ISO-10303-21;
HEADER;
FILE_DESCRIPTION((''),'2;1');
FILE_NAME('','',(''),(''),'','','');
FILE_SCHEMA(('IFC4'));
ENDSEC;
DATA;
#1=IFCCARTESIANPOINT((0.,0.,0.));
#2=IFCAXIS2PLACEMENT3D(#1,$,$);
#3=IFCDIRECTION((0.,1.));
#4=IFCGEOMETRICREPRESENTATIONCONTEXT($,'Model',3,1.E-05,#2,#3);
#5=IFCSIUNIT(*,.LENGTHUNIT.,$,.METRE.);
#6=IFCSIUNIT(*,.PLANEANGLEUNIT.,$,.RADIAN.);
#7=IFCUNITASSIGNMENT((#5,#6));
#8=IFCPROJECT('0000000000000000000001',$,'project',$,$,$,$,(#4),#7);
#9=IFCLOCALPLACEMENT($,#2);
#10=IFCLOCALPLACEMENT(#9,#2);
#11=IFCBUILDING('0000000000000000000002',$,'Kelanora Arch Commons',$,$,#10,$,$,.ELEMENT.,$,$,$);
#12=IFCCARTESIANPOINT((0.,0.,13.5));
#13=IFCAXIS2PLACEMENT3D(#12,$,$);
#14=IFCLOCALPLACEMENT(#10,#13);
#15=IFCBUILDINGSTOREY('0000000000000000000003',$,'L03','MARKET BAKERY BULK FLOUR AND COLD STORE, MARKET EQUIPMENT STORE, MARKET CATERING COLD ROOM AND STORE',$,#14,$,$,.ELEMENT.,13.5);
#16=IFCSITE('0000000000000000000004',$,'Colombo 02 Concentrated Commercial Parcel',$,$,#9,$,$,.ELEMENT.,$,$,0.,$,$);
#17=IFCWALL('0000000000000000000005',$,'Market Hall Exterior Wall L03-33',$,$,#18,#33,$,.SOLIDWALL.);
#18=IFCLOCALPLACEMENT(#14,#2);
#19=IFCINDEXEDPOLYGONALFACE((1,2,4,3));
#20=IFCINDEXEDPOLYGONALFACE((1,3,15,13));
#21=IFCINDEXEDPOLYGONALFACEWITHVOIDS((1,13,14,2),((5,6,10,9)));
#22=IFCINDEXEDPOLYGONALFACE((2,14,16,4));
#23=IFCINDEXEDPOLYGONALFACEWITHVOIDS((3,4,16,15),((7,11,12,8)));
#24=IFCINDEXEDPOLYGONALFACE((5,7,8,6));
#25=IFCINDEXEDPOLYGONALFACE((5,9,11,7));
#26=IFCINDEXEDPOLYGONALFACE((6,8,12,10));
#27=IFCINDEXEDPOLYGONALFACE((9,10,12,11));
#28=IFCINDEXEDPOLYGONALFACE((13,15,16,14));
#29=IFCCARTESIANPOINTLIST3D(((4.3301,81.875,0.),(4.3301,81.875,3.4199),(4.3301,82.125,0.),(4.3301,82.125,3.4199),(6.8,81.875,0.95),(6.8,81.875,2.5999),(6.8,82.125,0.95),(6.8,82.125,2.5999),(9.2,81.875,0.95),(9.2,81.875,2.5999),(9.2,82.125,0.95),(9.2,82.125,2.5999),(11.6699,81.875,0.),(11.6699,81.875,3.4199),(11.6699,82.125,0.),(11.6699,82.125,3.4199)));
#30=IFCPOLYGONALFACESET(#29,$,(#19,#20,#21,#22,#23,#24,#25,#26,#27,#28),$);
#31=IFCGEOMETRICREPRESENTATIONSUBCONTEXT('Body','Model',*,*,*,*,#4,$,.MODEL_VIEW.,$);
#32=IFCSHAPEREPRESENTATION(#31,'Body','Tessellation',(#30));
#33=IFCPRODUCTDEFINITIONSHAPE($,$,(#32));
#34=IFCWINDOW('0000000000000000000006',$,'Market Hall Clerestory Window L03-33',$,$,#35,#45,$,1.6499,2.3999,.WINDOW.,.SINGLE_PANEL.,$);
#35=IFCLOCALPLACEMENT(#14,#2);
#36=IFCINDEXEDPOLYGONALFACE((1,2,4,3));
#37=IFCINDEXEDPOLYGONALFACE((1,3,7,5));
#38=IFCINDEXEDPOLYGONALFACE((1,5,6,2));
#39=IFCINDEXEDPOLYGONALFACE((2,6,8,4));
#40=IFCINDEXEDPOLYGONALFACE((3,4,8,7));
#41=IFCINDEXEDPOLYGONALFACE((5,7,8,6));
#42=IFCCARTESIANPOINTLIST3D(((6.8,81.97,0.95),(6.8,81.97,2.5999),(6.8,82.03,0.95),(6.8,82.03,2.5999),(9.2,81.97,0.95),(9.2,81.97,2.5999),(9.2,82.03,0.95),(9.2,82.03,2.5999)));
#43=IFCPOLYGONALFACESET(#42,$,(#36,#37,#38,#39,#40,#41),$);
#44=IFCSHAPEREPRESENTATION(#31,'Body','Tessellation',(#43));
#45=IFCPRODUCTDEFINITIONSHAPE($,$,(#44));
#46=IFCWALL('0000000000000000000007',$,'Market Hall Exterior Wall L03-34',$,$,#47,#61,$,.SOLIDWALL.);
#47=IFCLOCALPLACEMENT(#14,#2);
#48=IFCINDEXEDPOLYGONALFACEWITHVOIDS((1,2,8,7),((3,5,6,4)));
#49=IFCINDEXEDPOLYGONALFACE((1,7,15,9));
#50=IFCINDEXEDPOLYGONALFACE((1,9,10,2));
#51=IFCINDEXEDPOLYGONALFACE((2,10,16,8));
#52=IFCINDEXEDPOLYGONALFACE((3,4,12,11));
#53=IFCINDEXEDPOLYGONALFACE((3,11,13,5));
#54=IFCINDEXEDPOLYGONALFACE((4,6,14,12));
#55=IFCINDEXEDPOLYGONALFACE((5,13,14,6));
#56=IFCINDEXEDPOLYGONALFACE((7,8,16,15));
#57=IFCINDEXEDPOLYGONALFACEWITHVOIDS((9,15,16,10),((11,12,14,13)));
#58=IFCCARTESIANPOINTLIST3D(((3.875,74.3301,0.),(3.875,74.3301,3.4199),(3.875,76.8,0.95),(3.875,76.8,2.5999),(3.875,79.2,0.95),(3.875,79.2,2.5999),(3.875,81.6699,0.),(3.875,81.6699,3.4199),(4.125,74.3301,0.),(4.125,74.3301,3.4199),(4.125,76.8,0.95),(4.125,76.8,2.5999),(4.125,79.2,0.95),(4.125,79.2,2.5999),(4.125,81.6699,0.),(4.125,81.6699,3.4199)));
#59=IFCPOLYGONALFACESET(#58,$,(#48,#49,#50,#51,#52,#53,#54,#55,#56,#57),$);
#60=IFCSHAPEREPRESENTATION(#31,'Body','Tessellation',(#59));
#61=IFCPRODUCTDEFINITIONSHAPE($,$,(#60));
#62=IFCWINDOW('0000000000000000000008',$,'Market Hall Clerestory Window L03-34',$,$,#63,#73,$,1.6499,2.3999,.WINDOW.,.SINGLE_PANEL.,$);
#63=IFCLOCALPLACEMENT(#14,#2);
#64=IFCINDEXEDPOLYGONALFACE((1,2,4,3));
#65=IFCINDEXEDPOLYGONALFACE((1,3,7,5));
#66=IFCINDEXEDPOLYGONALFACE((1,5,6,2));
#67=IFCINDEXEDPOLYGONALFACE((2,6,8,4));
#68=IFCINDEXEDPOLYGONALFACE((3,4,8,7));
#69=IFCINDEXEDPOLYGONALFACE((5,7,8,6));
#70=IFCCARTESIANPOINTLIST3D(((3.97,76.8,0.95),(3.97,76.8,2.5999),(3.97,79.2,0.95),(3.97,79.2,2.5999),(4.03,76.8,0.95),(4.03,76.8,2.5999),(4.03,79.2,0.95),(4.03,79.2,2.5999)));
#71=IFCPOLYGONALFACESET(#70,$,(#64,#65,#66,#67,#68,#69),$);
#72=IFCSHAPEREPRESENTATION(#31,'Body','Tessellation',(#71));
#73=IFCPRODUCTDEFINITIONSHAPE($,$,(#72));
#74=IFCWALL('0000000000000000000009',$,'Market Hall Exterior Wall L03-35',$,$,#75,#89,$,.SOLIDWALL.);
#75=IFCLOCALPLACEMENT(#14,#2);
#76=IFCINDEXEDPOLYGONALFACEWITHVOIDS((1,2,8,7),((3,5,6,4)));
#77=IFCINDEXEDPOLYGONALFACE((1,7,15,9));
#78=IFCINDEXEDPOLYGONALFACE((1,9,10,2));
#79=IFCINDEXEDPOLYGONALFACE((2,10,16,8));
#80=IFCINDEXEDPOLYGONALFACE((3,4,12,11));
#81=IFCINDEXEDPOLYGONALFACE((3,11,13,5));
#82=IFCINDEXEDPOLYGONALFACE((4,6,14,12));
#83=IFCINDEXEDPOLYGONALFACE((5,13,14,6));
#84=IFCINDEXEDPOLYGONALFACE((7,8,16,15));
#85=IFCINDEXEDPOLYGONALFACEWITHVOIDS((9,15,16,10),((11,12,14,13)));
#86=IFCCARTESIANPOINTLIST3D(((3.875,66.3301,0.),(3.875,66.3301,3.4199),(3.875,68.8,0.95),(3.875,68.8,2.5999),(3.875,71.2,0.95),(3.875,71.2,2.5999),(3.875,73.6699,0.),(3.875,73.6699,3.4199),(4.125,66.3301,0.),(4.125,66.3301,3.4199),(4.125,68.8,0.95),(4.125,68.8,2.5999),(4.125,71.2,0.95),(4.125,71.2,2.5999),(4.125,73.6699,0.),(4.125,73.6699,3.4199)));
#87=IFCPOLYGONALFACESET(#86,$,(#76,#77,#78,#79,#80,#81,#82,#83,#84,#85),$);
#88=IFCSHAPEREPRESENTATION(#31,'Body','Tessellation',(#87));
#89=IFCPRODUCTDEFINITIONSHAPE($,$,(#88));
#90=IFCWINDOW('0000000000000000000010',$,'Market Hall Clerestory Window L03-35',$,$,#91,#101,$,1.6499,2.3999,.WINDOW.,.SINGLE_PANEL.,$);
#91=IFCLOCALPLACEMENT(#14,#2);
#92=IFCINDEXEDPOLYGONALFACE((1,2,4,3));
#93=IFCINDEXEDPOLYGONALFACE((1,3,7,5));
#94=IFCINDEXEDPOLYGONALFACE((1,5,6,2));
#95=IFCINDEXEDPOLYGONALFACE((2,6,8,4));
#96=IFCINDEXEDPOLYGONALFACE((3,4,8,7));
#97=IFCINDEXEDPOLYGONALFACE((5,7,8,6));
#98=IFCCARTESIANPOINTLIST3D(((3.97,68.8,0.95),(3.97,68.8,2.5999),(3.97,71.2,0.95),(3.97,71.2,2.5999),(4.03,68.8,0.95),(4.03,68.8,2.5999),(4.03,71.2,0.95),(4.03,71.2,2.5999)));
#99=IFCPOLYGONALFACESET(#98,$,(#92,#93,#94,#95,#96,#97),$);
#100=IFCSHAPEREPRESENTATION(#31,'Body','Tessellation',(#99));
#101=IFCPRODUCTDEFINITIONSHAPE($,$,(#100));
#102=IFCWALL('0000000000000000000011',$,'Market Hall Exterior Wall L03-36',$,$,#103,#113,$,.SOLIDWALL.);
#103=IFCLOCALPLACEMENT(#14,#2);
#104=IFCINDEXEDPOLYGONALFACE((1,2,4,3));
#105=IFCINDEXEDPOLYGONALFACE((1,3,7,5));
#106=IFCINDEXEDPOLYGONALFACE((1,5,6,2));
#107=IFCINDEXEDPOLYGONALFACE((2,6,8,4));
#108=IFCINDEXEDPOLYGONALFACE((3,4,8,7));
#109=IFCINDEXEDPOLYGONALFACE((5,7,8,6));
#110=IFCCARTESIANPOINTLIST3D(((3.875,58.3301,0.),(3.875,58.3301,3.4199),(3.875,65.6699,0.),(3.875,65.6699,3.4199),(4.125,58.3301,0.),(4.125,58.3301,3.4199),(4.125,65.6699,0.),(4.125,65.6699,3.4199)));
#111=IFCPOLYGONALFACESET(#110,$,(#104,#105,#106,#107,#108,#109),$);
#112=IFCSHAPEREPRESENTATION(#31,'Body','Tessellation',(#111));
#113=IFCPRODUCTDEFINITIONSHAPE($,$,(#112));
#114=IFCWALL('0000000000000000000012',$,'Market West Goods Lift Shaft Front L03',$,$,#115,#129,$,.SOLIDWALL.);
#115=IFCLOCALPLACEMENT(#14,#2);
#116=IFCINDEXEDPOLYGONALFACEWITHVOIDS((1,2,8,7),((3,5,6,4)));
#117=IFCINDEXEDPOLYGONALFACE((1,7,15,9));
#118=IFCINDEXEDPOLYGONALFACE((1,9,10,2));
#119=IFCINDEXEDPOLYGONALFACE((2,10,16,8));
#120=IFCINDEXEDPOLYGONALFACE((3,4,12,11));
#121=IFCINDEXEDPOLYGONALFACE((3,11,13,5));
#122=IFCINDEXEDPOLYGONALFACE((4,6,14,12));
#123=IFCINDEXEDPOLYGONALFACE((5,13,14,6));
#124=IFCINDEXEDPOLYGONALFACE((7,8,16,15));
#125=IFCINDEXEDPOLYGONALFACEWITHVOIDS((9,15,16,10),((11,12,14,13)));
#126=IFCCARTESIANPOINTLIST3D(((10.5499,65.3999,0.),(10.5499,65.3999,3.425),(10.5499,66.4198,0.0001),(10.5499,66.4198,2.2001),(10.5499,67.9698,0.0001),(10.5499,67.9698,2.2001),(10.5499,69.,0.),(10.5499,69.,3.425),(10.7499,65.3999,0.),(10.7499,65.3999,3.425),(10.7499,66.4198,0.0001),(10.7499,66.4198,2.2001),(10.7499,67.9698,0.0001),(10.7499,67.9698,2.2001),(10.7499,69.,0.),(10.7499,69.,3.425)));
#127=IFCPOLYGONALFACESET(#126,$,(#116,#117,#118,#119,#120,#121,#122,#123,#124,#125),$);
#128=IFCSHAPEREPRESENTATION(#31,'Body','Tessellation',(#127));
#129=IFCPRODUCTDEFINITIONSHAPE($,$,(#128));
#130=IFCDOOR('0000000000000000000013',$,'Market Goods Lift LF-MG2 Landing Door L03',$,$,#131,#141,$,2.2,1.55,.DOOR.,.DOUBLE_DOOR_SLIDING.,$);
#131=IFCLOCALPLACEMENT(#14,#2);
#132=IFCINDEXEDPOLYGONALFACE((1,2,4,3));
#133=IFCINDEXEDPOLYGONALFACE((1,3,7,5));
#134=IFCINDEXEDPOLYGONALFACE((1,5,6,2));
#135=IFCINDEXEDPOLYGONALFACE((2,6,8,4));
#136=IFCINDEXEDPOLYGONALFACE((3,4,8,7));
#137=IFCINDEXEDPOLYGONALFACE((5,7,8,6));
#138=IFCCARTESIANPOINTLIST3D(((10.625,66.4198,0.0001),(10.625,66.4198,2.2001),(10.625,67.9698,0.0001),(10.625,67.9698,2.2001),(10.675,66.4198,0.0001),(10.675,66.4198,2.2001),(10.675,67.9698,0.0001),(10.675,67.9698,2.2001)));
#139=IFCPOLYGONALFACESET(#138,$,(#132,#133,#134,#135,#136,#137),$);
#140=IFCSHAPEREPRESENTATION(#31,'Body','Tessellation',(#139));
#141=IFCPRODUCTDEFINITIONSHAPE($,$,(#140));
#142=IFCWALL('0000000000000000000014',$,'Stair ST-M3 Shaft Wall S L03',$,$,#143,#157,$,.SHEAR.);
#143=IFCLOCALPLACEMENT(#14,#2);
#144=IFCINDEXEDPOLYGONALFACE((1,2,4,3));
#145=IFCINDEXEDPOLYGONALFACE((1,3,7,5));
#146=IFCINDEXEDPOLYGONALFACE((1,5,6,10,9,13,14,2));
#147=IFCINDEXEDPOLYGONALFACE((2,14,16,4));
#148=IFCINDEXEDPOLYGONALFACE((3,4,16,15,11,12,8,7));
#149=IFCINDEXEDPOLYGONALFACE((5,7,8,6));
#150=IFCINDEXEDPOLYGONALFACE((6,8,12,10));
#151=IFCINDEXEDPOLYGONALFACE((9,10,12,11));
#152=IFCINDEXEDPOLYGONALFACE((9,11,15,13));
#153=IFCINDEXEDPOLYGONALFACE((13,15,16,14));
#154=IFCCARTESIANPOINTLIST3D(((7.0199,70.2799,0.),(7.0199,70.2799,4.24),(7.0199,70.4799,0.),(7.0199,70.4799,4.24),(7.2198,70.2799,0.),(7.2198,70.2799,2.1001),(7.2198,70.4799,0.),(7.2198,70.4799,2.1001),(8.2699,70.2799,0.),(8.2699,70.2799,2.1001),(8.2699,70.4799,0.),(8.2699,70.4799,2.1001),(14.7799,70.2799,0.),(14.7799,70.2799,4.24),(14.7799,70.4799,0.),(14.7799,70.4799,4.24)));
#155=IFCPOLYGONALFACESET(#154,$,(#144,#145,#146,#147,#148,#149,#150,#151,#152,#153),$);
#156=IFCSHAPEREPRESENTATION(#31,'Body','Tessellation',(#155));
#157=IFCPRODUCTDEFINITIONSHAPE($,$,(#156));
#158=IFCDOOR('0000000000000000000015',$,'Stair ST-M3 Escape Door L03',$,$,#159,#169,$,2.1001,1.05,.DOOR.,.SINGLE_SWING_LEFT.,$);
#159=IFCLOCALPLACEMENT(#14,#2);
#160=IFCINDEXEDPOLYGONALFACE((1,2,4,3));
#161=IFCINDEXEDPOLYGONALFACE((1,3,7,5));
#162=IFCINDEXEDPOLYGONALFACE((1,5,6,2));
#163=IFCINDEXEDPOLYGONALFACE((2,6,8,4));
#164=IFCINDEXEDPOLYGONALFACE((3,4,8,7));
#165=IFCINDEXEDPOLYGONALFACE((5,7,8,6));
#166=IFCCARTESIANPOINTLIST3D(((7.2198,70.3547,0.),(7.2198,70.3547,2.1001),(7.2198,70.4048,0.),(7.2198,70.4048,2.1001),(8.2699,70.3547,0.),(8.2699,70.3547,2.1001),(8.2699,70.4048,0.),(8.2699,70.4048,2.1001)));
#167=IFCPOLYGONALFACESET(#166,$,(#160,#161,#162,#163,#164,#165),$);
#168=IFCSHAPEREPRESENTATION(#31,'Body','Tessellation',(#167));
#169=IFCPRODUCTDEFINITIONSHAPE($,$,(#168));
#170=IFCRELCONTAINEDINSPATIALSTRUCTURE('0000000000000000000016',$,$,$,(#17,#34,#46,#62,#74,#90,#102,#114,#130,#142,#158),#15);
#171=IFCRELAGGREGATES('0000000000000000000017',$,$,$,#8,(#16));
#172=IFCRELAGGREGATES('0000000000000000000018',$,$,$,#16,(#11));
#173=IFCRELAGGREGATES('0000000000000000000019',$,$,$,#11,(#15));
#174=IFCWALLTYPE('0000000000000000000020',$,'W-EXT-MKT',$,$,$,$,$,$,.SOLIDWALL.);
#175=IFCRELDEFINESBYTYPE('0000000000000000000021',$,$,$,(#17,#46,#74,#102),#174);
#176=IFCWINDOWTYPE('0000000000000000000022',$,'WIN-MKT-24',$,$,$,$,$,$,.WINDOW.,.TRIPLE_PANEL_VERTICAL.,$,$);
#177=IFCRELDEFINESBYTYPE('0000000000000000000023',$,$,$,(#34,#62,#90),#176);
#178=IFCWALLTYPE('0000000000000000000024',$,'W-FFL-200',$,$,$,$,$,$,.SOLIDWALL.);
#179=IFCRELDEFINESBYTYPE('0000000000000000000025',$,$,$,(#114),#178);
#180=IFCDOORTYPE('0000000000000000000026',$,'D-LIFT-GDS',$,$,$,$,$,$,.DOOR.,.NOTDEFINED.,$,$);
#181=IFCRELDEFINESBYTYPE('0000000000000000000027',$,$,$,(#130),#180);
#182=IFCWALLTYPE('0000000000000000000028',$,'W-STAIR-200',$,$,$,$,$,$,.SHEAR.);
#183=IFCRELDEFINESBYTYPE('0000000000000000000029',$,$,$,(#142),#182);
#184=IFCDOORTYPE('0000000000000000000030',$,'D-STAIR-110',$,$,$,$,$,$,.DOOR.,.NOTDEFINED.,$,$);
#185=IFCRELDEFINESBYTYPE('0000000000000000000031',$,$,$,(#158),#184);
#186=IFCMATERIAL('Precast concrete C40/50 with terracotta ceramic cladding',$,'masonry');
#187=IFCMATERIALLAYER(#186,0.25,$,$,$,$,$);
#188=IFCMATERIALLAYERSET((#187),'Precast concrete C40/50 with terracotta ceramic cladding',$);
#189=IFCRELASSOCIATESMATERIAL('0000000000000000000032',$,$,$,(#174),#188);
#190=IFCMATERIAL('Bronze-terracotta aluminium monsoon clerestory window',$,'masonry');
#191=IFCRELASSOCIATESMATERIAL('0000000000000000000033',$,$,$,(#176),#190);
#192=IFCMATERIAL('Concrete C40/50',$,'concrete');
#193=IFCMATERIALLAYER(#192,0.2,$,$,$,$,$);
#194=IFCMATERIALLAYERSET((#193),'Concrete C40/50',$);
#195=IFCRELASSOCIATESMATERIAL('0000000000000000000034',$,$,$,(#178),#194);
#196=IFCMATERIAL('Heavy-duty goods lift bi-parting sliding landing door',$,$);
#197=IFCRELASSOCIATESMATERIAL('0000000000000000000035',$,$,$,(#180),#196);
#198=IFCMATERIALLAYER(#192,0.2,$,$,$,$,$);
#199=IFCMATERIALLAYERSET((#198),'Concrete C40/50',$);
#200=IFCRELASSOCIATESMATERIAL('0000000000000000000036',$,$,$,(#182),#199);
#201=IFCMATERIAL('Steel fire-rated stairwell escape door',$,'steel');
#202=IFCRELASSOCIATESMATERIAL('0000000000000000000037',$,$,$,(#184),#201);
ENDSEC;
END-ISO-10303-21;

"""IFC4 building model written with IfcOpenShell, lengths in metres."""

from ifc_helpers import new_model, si_unit, direction, frame, frame_2d, origin, place, context, subcontext, project, spatial, rectangle, extrude, material, layer, layer_set, type_object, element, fill, save


model = new_model("IFC4")

# Units and contexts
model_context = context("Model", 3, precision=1e-05, world=origin(), true_north=direction((0.0, 1.0)))
body_context = subcontext(model_context, "Body", "Model", "MODEL_VIEW")
ifc_project = project(units=[si_unit("LENGTHUNIT", "METRE"), si_unit("PLANEANGLEUNIT", "RADIAN")], contexts=[model_context])

# Site, building, storey
site_placement = place(None, origin())
site = spatial("IfcSite", under=ifc_project, at=site_placement, Name="Colombo 02 Concentrated Commercial Parcel", CompositionType="ELEMENT", RefElevation=0.0)
building_placement = place(site_placement, origin())
building = spatial("IfcBuilding", under=site, at=building_placement, Name="Kelanora Arch Commons", CompositionType="ELEMENT")
storey_placement = place(building_placement, frame((0.0, 0.0, 13.5)))
storey = spatial("IfcBuildingStorey", under=building, at=storey_placement, Name="L03", Description="MARKET BAKERY BULK FLOUR AND COLD STORE, MARKET EQUIPMENT STORE, MARKET CATERING COLD ROOM AND STORE", CompositionType="ELEMENT", Elevation=13.5)

# Shared definitions
ifc_material_1 = material(Name="Concrete C40/50", Category="concrete")

# Walls, openings, windows
ifc_material_2 = material(Name="Precast concrete C40/50 with terracotta ceramic cladding", Category="masonry")
ifc_layer_1 = layer(ifc_material_2, 0.25)
ifc_layer_set_1 = layer_set([ifc_layer_1], Name="Precast concrete C40/50 with terracotta ceramic cladding")
wall_type_1 = type_object("IfcWallType", Name="W-EXT-MKT", PredefinedType="SOLIDWALL", material=ifc_layer_set_1)
wall_1_placement = place(storey_placement, frame((11.6699, 82.0, 0.0), z_axis=(0.0, 0.0, 1.0), x_axis=(-1.0, 0.0, 0.0)))
wall_1 = element("IfcWall", 1, at=wall_1_placement, inside=storey, type_object=wall_type_1, Name="Market Hall Exterior Wall L03-33", PredefinedType="SOLIDWALL", context=body_context, shape_type="SweptSolid", body=[
    extrude(rectangle(XDim=7.3398, YDim=0.25, at=frame_2d((3.6699, 0.0))), origin(), (0.0, 0.0, 1.0), 3.4199),
])
opening_1_placement = place(wall_1_placement, frame((2.47, 0.0, 0.95)))
opening_1 = element("IfcOpeningElement", 2, at=opening_1_placement, cuts=wall_1, PredefinedType="OPENING", context=body_context, shape_type="SweptSolid", body=[
    extrude(rectangle(XDim=2.3999, YDim=1.6499, at=frame_2d((1.2, 0.825))), frame((0.0, 0.135, 0.0), z_axis=(0.0, -1.0, 0.0), x_axis=(1.0, 0.0, 0.0)), (0.0, 0.0, 1.0), 0.27),
])
ifc_material_3 = material(Name="Bronze-terracotta aluminium monsoon clerestory window", Category="masonry")
window_type = type_object("IfcWindowType", Name="WIN-MKT-24", PartitioningType="TRIPLE_PANEL_VERTICAL", PredefinedType="WINDOW", material=ifc_material_3)
window_1_placement = place(opening_1_placement, origin())
window_1 = element("IfcWindow", 3, at=window_1_placement, inside=storey, type_object=window_type, Name="Market Hall Clerestory Window L03-33", OverallHeight=1.6499, OverallWidth=2.3999, PartitioningType="SINGLE_PANEL", PredefinedType="WINDOW", context=body_context, shape_type="SweptSolid", body=[
    extrude(rectangle(XDim=2.3999, YDim=1.6499, at=frame_2d((1.2, 0.825))), frame((0.0, 0.03, 0.0), z_axis=(0.0, -1.0, 0.0), x_axis=(1.0, 0.0, 0.0)), (0.0, 0.0, 1.0), 0.0601),
])
fill(opening_1, window_1)
wall_2_placement = place(storey_placement, frame((4.0, 81.6699, 0.0), z_axis=(0.0, 0.0, 1.0), x_axis=(0.0, -1.0, 0.0)))
wall_2 = element("IfcWall", 4, at=wall_2_placement, inside=storey, type_object=wall_type_1, Name="Market Hall Exterior Wall L03-34", PredefinedType="SOLIDWALL", context=body_context, shape_type="SweptSolid", body=[
    extrude(rectangle(XDim=7.3398, YDim=0.25, at=frame_2d((3.6699, 0.0))), origin(), (0.0, 0.0, 1.0), 3.4199),
])
opening_2_placement = place(wall_2_placement, frame((2.47, 0.0, 0.95)))
opening_2 = element("IfcOpeningElement", 5, at=opening_2_placement, cuts=wall_2, PredefinedType="OPENING", context=body_context, shape_type="SweptSolid", body=[
    extrude(rectangle(XDim=2.3999, YDim=1.6499, at=frame_2d((1.2, 0.825))), frame((0.0, 0.135, 0.0), z_axis=(0.0, -1.0, 0.0), x_axis=(1.0, 0.0, 0.0)), (0.0, 0.0, 1.0), 0.27),
])
window_2_placement = place(opening_2_placement, origin())
window_2 = element("IfcWindow", 6, at=window_2_placement, inside=storey, type_object=window_type, Name="Market Hall Clerestory Window L03-34", OverallHeight=1.6499, OverallWidth=2.3999, PartitioningType="SINGLE_PANEL", PredefinedType="WINDOW", context=body_context, shape_type="SweptSolid", body=[
    extrude(rectangle(XDim=2.3999, YDim=1.6499, at=frame_2d((1.2, 0.825))), frame((0.0, 0.03, 0.0), z_axis=(0.0, -1.0, 0.0), x_axis=(1.0, 0.0, 0.0)), (0.0, 0.0, 1.0), 0.0601),
])
fill(opening_2, window_2)
wall_3_placement = place(storey_placement, frame((4.0, 73.6699, 0.0), z_axis=(0.0, 0.0, 1.0), x_axis=(0.0, -1.0, 0.0)))
wall_3 = element("IfcWall", 7, at=wall_3_placement, inside=storey, type_object=wall_type_1, Name="Market Hall Exterior Wall L03-35", PredefinedType="SOLIDWALL", context=body_context, shape_type="SweptSolid", body=[
    extrude(rectangle(XDim=7.3398, YDim=0.25, at=frame_2d((3.6699, 0.0))), origin(), (0.0, 0.0, 1.0), 3.4199),
])
opening_3_placement = place(wall_3_placement, frame((2.47, 0.0, 0.95)))
opening_3 = element("IfcOpeningElement", 8, at=opening_3_placement, cuts=wall_3, PredefinedType="OPENING", context=body_context, shape_type="SweptSolid", body=[
    extrude(rectangle(XDim=2.3999, YDim=1.6499, at=frame_2d((1.2, 0.825))), frame((0.0, 0.135, 0.0), z_axis=(0.0, -1.0, 0.0), x_axis=(1.0, 0.0, 0.0)), (0.0, 0.0, 1.0), 0.27),
])
window_3_placement = place(opening_3_placement, origin())
window_3 = element("IfcWindow", 9, at=window_3_placement, inside=storey, type_object=window_type, Name="Market Hall Clerestory Window L03-35", OverallHeight=1.6499, OverallWidth=2.3999, PartitioningType="SINGLE_PANEL", PredefinedType="WINDOW", context=body_context, shape_type="SweptSolid", body=[
    extrude(rectangle(XDim=2.3999, YDim=1.6499, at=frame_2d((1.2, 0.825))), frame((0.0, 0.03, 0.0), z_axis=(0.0, -1.0, 0.0), x_axis=(1.0, 0.0, 0.0)), (0.0, 0.0, 1.0), 0.0601),
])
fill(opening_3, window_3)

# Wall
wall_4_placement = place(storey_placement, frame((4.0, 65.6699, 0.0), z_axis=(0.0, 0.0, 1.0), x_axis=(0.0, -1.0, 0.0)))
element("IfcWall", 10, at=wall_4_placement, inside=storey, type_object=wall_type_1, Name="Market Hall Exterior Wall L03-36", PredefinedType="SOLIDWALL", context=body_context, shape_type="SweptSolid", body=[
    extrude(rectangle(XDim=7.3398, YDim=0.25, at=frame_2d((3.6699, 0.0))), origin(), (0.0, 0.0, 1.0), 3.4199),
])

# Walls, openings, doors
ifc_layer_2 = layer(ifc_material_1, 0.2)
ifc_layer_set_2 = layer_set([ifc_layer_2], Name="Concrete C40/50")
wall_type_2 = type_object("IfcWallType", Name="W-FFL-200", PredefinedType="SOLIDWALL", material=ifc_layer_set_2)
wall_5_placement = place(storey_placement, frame((10.6499, 65.3999, 0.0), z_axis=(0.0, 0.0, 1.0), x_axis=(0.0, 1.0, 0.0)))
wall_5 = element("IfcWall", 11, at=wall_5_placement, inside=storey, type_object=wall_type_2, Name="Market West Goods Lift Shaft Front L03", PredefinedType="SOLIDWALL", context=body_context, shape_type="SweptSolid", body=[
    extrude(rectangle(XDim=3.6001, YDim=0.2, at=frame_2d((1.8, 0.0))), origin(), (0.0, 0.0, 1.0), 3.425),
])
opening_4_placement = place(wall_5_placement, frame((1.02, 0.0, 0.0)))
opening_4 = element("IfcOpeningElement", 12, at=opening_4_placement, cuts=wall_5, PredefinedType="OPENING", context=body_context, shape_type="SweptSolid", body=[
    extrude(rectangle(XDim=1.55, YDim=2.2, at=frame_2d((0.7749, 1.1001))), frame((0.0, 0.1099, 0.0), z_axis=(0.0, -1.0, 0.0), x_axis=(1.0, 0.0, 0.0)), (0.0, 0.0, 1.0), 0.22),
])
ifc_material_4 = material(Name="Heavy-duty goods lift bi-parting sliding landing door")
door_type_1 = type_object("IfcDoorType", Name="D-LIFT-GDS", OperationType="NOTDEFINED", PredefinedType="DOOR", material=ifc_material_4)
door_1_placement = place(opening_4_placement, origin())
door_1 = element("IfcDoor", 13, at=door_1_placement, inside=storey, type_object=door_type_1, Name="Market Goods Lift LF-MG2 Landing Door L03", OperationType="DOUBLE_DOOR_SLIDING", OverallHeight=2.2, OverallWidth=1.55, PredefinedType="DOOR", context=body_context, shape_type="SweptSolid", body=[
    extrude(rectangle(XDim=1.55, YDim=2.2, at=frame_2d((0.7749, 1.1001))), frame((0.0, 0.0249, 0.0), z_axis=(0.0, -1.0, 0.0), x_axis=(1.0, 0.0, 0.0)), (0.0, 0.0, 1.0), 0.05),
])
fill(opening_4, door_1)
ifc_layer_3 = layer(ifc_material_1, 0.2)
ifc_layer_set_3 = layer_set([ifc_layer_3], Name="Concrete C40/50")
wall_type_3 = type_object("IfcWallType", Name="W-STAIR-200", PredefinedType="SHEAR", material=ifc_layer_set_3)
wall_6_placement = place(storey_placement, frame((7.02, 70.3799, 0.0), z_axis=(0.0, 0.0, 1.0), x_axis=(1.0, 0.0, 0.0)))
wall_6 = element("IfcWall", 14, at=wall_6_placement, inside=storey, type_object=wall_type_3, Name="Stair ST-M3 Shaft Wall S L03", PredefinedType="SHEAR", context=body_context, shape_type="SweptSolid", body=[
    extrude(rectangle(XDim=7.76, YDim=0.2, at=frame_2d((3.8799, 0.0))), origin(), (0.0, 0.0, 1.0), 4.24),
])
opening_5_placement = place(wall_6_placement, frame((0.2, 0.0, 0.0)))
opening_5 = element("IfcOpeningElement", 15, at=opening_5_placement, cuts=wall_6, PredefinedType="OPENING", context=body_context, shape_type="SweptSolid", body=[
    extrude(rectangle(XDim=1.05, YDim=2.1001, at=frame_2d((0.5249, 1.05))), frame((0.0, 0.1099, 0.0), z_axis=(0.0, -1.0, 0.0), x_axis=(1.0, 0.0, 0.0)), (0.0, 0.0, 1.0), 0.22),
])
ifc_material_5 = material(Name="Steel fire-rated stairwell escape door", Category="steel")
door_type_2 = type_object("IfcDoorType", Name="D-STAIR-110", OperationType="NOTDEFINED", PredefinedType="DOOR", material=ifc_material_5)
door_2_placement = place(opening_5_placement, origin())
door_2 = element("IfcDoor", 16, at=door_2_placement, inside=storey, type_object=door_type_2, Name="Stair ST-M3 Escape Door L03", OperationType="SINGLE_SWING_LEFT", OverallHeight=2.1001, OverallWidth=1.05, PredefinedType="DOOR", context=body_context, shape_type="SweptSolid", body=[
    extrude(rectangle(XDim=1.05, YDim=2.1001, at=frame_2d((0.5249, 1.05))), frame((0.0, 0.0249, 0.0), z_axis=(0.0, -1.0, 0.0), x_axis=(1.0, 0.0, 0.0)), (0.0, 0.0, 1.0), 0.05),
])
fill(opening_5, door_2)

save(model, "model.ifc")
